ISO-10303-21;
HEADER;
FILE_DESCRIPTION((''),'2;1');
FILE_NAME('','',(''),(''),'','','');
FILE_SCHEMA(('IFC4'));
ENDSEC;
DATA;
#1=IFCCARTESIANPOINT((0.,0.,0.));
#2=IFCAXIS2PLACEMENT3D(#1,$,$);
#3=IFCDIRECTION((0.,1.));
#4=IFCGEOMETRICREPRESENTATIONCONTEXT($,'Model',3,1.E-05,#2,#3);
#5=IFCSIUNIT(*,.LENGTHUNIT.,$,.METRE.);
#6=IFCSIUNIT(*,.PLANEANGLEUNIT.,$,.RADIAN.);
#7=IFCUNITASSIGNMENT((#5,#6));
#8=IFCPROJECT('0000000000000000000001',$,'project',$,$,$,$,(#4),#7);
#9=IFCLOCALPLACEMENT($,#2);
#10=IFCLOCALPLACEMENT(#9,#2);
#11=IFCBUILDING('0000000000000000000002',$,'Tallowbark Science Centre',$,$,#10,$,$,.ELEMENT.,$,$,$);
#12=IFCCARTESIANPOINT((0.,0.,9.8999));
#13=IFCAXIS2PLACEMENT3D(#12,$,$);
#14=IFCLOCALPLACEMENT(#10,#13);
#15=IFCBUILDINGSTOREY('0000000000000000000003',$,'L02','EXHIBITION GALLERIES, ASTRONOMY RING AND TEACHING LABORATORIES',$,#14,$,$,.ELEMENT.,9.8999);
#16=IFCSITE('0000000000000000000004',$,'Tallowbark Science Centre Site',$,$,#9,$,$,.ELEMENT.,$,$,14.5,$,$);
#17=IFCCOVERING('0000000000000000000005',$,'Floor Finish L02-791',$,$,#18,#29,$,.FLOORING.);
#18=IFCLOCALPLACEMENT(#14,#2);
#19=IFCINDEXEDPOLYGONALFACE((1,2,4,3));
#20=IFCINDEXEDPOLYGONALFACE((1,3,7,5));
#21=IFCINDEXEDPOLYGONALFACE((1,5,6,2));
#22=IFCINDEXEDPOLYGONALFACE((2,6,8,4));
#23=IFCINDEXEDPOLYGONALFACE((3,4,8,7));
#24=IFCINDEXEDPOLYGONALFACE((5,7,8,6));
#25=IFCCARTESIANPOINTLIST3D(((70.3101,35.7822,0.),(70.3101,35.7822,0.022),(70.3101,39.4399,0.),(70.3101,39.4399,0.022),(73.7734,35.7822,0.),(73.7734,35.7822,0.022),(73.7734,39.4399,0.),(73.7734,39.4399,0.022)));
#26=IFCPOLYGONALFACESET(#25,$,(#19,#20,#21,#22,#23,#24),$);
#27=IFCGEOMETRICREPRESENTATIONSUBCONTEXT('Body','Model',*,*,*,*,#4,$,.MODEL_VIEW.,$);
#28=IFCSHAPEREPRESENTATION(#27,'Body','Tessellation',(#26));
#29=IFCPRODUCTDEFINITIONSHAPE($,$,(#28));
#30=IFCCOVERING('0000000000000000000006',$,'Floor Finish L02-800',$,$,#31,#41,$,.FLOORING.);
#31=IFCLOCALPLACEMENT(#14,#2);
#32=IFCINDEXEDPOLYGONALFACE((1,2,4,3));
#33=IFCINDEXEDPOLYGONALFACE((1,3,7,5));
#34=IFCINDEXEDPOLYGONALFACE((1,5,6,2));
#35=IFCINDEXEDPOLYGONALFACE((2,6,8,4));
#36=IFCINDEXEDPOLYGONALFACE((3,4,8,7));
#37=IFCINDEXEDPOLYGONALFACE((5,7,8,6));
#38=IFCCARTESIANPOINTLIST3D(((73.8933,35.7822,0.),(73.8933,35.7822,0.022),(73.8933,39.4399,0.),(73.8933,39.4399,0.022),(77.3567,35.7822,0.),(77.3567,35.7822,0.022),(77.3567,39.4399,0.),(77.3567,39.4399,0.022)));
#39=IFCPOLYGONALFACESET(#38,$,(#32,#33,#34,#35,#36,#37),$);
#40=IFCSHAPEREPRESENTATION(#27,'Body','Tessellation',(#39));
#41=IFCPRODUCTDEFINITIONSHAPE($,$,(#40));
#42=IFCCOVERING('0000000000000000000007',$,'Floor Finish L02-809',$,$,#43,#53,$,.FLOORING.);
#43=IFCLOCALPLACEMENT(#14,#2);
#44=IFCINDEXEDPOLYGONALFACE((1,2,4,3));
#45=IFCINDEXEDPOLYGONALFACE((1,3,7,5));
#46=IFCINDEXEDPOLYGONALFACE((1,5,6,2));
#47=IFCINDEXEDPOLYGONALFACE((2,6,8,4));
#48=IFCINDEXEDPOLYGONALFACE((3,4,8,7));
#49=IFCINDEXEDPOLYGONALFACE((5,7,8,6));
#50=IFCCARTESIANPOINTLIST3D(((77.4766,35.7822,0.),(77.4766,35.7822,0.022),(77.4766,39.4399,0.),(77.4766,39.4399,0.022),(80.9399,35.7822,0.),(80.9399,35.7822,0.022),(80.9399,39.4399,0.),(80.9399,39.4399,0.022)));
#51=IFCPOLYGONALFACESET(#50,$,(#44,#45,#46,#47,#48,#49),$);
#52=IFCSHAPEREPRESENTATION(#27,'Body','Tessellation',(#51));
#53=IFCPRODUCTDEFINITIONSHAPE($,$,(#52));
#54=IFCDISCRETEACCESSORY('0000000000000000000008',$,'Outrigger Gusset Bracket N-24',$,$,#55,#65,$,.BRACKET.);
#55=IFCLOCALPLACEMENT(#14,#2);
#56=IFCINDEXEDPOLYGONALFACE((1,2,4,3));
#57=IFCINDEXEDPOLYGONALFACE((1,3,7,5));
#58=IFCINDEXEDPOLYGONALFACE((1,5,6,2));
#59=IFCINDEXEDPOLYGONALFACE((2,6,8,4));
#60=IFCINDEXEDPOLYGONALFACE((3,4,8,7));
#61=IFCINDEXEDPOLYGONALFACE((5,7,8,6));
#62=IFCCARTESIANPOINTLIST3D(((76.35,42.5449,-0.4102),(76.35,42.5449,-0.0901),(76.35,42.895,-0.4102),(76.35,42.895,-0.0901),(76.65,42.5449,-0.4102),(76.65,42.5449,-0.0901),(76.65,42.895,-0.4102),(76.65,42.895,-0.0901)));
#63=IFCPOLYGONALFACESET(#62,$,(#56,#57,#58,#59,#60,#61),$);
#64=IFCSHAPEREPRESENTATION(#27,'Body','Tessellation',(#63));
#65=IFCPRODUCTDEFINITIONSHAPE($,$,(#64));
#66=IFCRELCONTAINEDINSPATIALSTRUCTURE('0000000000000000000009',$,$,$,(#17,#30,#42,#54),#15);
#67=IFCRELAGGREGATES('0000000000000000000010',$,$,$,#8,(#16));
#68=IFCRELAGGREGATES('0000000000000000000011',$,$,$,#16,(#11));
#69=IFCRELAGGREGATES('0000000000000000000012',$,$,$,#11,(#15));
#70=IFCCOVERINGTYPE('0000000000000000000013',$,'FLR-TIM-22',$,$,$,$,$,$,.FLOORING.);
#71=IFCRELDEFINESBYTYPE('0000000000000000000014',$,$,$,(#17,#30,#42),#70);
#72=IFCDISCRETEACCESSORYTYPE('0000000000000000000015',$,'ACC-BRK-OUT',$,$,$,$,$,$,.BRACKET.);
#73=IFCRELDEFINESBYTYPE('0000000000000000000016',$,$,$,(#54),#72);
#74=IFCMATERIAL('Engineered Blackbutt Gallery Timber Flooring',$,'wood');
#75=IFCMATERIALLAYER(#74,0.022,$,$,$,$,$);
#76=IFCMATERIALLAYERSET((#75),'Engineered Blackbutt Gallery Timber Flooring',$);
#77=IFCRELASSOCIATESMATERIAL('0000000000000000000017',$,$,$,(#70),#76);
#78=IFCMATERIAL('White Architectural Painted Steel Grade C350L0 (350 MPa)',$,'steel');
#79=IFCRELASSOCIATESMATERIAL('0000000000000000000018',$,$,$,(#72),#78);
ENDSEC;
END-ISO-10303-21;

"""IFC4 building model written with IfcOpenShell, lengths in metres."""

from ifc_helpers import new_model, si_unit, direction, frame, origin, origin_2d, place, context, subcontext, project, spatial, rectangle, extrude, material, layer, layer_set, type_object, element, save


model = new_model("IFC4")

# Units and contexts
model_context = context("Model", 3, precision=1e-05, world=origin(), true_north=direction((0.0, 1.0)))
body_context = subcontext(model_context, "Body", "Model", "MODEL_VIEW")
ifc_project = project(units=[si_unit("LENGTHUNIT", "METRE"), si_unit("PLANEANGLEUNIT", "RADIAN")], contexts=[model_context])

# Site, building, storey
site_placement = place(None, origin())
site = spatial("IfcSite", under=ifc_project, at=site_placement, Name="Tallowbark Science Centre Site", CompositionType="ELEMENT", RefElevation=14.5)
building_placement = place(site_placement, origin())
building = spatial("IfcBuilding", under=site, at=building_placement, Name="Tallowbark Science Centre", CompositionType="ELEMENT")
storey_placement = place(building_placement, frame((0.0, 0.0, 9.8999)))
storey = spatial("IfcBuildingStorey", under=building, at=storey_placement, Name="L02", Description="EXHIBITION GALLERIES, ASTRONOMY RING AND TEACHING LABORATORIES", CompositionType="ELEMENT", Elevation=9.8999)

# Shared definitions
ifc_material_1 = material(Name="White Architectural Painted Steel Grade C350L0 (350 MPa)", Category="steel")

# Coverings
ifc_material_2 = material(Name="Engineered Blackbutt Gallery Timber Flooring", Category="wood")
ifc_layer_1 = layer(ifc_material_2, 0.022)
ifc_layer_set_1 = layer_set([ifc_layer_1], Name="Engineered Blackbutt Gallery Timber Flooring")
covering_type_1 = type_object("IfcCoveringType", Name="FLR-TIM-22", PredefinedType="FLOORING", material=ifc_layer_set_1)
for number, where, z_axis, x_axis, name in (
    (1, (72.0417, 37.6111, 0.0), (0.0, 0.0, 1.0), (1.0, 0.0, 0.0), "Floor Finish L02-791"),
    (2, (75.625, 37.6111, 0.0), (0.0, 0.0, 1.0), (1.0, 0.0, 0.0), "Floor Finish L02-800"),
    (3, (79.2083, 37.6111, 0.0), (0.0, 0.0, 1.0), (1.0, 0.0, 0.0), "Floor Finish L02-809"),
):
    element("IfcCovering", number, at=place(storey_placement, frame(where, z_axis=z_axis, x_axis=x_axis)), inside=storey, type_object=covering_type_1, Name=name, PredefinedType="FLOORING", context=body_context, shape_type="SweptSolid", body=[
        extrude(rectangle(XDim=3.4634, YDim=3.6577, at=origin_2d()), origin(), (0.0, 0.0, 1.0), 0.022),
    ])

# Discrete accessory
discrete_accessory_type = type_object("IfcDiscreteAccessoryType", Name="ACC-BRK-OUT", PredefinedType="BRACKET", material=ifc_material_1)
discrete_accessory_placement = place(storey_placement, frame((76.5, 42.72, -0.4102), z_axis=(0.0, 0.0, 1.0), x_axis=(1.0, 0.0, 0.0)))
element("IfcDiscreteAccessory", 4, at=discrete_accessory_placement, inside=storey, type_object=discrete_accessory_type, Name="Outrigger Gusset Bracket N-24", PredefinedType="BRACKET", context=body_context, shape_type="SweptSolid", body=[
    extrude(rectangle(XDim=0.3, YDim=0.3501, at=origin_2d()), origin(), (0.0, 0.0, 1.0), 0.3201),
])

save(model, "model.ifc")
